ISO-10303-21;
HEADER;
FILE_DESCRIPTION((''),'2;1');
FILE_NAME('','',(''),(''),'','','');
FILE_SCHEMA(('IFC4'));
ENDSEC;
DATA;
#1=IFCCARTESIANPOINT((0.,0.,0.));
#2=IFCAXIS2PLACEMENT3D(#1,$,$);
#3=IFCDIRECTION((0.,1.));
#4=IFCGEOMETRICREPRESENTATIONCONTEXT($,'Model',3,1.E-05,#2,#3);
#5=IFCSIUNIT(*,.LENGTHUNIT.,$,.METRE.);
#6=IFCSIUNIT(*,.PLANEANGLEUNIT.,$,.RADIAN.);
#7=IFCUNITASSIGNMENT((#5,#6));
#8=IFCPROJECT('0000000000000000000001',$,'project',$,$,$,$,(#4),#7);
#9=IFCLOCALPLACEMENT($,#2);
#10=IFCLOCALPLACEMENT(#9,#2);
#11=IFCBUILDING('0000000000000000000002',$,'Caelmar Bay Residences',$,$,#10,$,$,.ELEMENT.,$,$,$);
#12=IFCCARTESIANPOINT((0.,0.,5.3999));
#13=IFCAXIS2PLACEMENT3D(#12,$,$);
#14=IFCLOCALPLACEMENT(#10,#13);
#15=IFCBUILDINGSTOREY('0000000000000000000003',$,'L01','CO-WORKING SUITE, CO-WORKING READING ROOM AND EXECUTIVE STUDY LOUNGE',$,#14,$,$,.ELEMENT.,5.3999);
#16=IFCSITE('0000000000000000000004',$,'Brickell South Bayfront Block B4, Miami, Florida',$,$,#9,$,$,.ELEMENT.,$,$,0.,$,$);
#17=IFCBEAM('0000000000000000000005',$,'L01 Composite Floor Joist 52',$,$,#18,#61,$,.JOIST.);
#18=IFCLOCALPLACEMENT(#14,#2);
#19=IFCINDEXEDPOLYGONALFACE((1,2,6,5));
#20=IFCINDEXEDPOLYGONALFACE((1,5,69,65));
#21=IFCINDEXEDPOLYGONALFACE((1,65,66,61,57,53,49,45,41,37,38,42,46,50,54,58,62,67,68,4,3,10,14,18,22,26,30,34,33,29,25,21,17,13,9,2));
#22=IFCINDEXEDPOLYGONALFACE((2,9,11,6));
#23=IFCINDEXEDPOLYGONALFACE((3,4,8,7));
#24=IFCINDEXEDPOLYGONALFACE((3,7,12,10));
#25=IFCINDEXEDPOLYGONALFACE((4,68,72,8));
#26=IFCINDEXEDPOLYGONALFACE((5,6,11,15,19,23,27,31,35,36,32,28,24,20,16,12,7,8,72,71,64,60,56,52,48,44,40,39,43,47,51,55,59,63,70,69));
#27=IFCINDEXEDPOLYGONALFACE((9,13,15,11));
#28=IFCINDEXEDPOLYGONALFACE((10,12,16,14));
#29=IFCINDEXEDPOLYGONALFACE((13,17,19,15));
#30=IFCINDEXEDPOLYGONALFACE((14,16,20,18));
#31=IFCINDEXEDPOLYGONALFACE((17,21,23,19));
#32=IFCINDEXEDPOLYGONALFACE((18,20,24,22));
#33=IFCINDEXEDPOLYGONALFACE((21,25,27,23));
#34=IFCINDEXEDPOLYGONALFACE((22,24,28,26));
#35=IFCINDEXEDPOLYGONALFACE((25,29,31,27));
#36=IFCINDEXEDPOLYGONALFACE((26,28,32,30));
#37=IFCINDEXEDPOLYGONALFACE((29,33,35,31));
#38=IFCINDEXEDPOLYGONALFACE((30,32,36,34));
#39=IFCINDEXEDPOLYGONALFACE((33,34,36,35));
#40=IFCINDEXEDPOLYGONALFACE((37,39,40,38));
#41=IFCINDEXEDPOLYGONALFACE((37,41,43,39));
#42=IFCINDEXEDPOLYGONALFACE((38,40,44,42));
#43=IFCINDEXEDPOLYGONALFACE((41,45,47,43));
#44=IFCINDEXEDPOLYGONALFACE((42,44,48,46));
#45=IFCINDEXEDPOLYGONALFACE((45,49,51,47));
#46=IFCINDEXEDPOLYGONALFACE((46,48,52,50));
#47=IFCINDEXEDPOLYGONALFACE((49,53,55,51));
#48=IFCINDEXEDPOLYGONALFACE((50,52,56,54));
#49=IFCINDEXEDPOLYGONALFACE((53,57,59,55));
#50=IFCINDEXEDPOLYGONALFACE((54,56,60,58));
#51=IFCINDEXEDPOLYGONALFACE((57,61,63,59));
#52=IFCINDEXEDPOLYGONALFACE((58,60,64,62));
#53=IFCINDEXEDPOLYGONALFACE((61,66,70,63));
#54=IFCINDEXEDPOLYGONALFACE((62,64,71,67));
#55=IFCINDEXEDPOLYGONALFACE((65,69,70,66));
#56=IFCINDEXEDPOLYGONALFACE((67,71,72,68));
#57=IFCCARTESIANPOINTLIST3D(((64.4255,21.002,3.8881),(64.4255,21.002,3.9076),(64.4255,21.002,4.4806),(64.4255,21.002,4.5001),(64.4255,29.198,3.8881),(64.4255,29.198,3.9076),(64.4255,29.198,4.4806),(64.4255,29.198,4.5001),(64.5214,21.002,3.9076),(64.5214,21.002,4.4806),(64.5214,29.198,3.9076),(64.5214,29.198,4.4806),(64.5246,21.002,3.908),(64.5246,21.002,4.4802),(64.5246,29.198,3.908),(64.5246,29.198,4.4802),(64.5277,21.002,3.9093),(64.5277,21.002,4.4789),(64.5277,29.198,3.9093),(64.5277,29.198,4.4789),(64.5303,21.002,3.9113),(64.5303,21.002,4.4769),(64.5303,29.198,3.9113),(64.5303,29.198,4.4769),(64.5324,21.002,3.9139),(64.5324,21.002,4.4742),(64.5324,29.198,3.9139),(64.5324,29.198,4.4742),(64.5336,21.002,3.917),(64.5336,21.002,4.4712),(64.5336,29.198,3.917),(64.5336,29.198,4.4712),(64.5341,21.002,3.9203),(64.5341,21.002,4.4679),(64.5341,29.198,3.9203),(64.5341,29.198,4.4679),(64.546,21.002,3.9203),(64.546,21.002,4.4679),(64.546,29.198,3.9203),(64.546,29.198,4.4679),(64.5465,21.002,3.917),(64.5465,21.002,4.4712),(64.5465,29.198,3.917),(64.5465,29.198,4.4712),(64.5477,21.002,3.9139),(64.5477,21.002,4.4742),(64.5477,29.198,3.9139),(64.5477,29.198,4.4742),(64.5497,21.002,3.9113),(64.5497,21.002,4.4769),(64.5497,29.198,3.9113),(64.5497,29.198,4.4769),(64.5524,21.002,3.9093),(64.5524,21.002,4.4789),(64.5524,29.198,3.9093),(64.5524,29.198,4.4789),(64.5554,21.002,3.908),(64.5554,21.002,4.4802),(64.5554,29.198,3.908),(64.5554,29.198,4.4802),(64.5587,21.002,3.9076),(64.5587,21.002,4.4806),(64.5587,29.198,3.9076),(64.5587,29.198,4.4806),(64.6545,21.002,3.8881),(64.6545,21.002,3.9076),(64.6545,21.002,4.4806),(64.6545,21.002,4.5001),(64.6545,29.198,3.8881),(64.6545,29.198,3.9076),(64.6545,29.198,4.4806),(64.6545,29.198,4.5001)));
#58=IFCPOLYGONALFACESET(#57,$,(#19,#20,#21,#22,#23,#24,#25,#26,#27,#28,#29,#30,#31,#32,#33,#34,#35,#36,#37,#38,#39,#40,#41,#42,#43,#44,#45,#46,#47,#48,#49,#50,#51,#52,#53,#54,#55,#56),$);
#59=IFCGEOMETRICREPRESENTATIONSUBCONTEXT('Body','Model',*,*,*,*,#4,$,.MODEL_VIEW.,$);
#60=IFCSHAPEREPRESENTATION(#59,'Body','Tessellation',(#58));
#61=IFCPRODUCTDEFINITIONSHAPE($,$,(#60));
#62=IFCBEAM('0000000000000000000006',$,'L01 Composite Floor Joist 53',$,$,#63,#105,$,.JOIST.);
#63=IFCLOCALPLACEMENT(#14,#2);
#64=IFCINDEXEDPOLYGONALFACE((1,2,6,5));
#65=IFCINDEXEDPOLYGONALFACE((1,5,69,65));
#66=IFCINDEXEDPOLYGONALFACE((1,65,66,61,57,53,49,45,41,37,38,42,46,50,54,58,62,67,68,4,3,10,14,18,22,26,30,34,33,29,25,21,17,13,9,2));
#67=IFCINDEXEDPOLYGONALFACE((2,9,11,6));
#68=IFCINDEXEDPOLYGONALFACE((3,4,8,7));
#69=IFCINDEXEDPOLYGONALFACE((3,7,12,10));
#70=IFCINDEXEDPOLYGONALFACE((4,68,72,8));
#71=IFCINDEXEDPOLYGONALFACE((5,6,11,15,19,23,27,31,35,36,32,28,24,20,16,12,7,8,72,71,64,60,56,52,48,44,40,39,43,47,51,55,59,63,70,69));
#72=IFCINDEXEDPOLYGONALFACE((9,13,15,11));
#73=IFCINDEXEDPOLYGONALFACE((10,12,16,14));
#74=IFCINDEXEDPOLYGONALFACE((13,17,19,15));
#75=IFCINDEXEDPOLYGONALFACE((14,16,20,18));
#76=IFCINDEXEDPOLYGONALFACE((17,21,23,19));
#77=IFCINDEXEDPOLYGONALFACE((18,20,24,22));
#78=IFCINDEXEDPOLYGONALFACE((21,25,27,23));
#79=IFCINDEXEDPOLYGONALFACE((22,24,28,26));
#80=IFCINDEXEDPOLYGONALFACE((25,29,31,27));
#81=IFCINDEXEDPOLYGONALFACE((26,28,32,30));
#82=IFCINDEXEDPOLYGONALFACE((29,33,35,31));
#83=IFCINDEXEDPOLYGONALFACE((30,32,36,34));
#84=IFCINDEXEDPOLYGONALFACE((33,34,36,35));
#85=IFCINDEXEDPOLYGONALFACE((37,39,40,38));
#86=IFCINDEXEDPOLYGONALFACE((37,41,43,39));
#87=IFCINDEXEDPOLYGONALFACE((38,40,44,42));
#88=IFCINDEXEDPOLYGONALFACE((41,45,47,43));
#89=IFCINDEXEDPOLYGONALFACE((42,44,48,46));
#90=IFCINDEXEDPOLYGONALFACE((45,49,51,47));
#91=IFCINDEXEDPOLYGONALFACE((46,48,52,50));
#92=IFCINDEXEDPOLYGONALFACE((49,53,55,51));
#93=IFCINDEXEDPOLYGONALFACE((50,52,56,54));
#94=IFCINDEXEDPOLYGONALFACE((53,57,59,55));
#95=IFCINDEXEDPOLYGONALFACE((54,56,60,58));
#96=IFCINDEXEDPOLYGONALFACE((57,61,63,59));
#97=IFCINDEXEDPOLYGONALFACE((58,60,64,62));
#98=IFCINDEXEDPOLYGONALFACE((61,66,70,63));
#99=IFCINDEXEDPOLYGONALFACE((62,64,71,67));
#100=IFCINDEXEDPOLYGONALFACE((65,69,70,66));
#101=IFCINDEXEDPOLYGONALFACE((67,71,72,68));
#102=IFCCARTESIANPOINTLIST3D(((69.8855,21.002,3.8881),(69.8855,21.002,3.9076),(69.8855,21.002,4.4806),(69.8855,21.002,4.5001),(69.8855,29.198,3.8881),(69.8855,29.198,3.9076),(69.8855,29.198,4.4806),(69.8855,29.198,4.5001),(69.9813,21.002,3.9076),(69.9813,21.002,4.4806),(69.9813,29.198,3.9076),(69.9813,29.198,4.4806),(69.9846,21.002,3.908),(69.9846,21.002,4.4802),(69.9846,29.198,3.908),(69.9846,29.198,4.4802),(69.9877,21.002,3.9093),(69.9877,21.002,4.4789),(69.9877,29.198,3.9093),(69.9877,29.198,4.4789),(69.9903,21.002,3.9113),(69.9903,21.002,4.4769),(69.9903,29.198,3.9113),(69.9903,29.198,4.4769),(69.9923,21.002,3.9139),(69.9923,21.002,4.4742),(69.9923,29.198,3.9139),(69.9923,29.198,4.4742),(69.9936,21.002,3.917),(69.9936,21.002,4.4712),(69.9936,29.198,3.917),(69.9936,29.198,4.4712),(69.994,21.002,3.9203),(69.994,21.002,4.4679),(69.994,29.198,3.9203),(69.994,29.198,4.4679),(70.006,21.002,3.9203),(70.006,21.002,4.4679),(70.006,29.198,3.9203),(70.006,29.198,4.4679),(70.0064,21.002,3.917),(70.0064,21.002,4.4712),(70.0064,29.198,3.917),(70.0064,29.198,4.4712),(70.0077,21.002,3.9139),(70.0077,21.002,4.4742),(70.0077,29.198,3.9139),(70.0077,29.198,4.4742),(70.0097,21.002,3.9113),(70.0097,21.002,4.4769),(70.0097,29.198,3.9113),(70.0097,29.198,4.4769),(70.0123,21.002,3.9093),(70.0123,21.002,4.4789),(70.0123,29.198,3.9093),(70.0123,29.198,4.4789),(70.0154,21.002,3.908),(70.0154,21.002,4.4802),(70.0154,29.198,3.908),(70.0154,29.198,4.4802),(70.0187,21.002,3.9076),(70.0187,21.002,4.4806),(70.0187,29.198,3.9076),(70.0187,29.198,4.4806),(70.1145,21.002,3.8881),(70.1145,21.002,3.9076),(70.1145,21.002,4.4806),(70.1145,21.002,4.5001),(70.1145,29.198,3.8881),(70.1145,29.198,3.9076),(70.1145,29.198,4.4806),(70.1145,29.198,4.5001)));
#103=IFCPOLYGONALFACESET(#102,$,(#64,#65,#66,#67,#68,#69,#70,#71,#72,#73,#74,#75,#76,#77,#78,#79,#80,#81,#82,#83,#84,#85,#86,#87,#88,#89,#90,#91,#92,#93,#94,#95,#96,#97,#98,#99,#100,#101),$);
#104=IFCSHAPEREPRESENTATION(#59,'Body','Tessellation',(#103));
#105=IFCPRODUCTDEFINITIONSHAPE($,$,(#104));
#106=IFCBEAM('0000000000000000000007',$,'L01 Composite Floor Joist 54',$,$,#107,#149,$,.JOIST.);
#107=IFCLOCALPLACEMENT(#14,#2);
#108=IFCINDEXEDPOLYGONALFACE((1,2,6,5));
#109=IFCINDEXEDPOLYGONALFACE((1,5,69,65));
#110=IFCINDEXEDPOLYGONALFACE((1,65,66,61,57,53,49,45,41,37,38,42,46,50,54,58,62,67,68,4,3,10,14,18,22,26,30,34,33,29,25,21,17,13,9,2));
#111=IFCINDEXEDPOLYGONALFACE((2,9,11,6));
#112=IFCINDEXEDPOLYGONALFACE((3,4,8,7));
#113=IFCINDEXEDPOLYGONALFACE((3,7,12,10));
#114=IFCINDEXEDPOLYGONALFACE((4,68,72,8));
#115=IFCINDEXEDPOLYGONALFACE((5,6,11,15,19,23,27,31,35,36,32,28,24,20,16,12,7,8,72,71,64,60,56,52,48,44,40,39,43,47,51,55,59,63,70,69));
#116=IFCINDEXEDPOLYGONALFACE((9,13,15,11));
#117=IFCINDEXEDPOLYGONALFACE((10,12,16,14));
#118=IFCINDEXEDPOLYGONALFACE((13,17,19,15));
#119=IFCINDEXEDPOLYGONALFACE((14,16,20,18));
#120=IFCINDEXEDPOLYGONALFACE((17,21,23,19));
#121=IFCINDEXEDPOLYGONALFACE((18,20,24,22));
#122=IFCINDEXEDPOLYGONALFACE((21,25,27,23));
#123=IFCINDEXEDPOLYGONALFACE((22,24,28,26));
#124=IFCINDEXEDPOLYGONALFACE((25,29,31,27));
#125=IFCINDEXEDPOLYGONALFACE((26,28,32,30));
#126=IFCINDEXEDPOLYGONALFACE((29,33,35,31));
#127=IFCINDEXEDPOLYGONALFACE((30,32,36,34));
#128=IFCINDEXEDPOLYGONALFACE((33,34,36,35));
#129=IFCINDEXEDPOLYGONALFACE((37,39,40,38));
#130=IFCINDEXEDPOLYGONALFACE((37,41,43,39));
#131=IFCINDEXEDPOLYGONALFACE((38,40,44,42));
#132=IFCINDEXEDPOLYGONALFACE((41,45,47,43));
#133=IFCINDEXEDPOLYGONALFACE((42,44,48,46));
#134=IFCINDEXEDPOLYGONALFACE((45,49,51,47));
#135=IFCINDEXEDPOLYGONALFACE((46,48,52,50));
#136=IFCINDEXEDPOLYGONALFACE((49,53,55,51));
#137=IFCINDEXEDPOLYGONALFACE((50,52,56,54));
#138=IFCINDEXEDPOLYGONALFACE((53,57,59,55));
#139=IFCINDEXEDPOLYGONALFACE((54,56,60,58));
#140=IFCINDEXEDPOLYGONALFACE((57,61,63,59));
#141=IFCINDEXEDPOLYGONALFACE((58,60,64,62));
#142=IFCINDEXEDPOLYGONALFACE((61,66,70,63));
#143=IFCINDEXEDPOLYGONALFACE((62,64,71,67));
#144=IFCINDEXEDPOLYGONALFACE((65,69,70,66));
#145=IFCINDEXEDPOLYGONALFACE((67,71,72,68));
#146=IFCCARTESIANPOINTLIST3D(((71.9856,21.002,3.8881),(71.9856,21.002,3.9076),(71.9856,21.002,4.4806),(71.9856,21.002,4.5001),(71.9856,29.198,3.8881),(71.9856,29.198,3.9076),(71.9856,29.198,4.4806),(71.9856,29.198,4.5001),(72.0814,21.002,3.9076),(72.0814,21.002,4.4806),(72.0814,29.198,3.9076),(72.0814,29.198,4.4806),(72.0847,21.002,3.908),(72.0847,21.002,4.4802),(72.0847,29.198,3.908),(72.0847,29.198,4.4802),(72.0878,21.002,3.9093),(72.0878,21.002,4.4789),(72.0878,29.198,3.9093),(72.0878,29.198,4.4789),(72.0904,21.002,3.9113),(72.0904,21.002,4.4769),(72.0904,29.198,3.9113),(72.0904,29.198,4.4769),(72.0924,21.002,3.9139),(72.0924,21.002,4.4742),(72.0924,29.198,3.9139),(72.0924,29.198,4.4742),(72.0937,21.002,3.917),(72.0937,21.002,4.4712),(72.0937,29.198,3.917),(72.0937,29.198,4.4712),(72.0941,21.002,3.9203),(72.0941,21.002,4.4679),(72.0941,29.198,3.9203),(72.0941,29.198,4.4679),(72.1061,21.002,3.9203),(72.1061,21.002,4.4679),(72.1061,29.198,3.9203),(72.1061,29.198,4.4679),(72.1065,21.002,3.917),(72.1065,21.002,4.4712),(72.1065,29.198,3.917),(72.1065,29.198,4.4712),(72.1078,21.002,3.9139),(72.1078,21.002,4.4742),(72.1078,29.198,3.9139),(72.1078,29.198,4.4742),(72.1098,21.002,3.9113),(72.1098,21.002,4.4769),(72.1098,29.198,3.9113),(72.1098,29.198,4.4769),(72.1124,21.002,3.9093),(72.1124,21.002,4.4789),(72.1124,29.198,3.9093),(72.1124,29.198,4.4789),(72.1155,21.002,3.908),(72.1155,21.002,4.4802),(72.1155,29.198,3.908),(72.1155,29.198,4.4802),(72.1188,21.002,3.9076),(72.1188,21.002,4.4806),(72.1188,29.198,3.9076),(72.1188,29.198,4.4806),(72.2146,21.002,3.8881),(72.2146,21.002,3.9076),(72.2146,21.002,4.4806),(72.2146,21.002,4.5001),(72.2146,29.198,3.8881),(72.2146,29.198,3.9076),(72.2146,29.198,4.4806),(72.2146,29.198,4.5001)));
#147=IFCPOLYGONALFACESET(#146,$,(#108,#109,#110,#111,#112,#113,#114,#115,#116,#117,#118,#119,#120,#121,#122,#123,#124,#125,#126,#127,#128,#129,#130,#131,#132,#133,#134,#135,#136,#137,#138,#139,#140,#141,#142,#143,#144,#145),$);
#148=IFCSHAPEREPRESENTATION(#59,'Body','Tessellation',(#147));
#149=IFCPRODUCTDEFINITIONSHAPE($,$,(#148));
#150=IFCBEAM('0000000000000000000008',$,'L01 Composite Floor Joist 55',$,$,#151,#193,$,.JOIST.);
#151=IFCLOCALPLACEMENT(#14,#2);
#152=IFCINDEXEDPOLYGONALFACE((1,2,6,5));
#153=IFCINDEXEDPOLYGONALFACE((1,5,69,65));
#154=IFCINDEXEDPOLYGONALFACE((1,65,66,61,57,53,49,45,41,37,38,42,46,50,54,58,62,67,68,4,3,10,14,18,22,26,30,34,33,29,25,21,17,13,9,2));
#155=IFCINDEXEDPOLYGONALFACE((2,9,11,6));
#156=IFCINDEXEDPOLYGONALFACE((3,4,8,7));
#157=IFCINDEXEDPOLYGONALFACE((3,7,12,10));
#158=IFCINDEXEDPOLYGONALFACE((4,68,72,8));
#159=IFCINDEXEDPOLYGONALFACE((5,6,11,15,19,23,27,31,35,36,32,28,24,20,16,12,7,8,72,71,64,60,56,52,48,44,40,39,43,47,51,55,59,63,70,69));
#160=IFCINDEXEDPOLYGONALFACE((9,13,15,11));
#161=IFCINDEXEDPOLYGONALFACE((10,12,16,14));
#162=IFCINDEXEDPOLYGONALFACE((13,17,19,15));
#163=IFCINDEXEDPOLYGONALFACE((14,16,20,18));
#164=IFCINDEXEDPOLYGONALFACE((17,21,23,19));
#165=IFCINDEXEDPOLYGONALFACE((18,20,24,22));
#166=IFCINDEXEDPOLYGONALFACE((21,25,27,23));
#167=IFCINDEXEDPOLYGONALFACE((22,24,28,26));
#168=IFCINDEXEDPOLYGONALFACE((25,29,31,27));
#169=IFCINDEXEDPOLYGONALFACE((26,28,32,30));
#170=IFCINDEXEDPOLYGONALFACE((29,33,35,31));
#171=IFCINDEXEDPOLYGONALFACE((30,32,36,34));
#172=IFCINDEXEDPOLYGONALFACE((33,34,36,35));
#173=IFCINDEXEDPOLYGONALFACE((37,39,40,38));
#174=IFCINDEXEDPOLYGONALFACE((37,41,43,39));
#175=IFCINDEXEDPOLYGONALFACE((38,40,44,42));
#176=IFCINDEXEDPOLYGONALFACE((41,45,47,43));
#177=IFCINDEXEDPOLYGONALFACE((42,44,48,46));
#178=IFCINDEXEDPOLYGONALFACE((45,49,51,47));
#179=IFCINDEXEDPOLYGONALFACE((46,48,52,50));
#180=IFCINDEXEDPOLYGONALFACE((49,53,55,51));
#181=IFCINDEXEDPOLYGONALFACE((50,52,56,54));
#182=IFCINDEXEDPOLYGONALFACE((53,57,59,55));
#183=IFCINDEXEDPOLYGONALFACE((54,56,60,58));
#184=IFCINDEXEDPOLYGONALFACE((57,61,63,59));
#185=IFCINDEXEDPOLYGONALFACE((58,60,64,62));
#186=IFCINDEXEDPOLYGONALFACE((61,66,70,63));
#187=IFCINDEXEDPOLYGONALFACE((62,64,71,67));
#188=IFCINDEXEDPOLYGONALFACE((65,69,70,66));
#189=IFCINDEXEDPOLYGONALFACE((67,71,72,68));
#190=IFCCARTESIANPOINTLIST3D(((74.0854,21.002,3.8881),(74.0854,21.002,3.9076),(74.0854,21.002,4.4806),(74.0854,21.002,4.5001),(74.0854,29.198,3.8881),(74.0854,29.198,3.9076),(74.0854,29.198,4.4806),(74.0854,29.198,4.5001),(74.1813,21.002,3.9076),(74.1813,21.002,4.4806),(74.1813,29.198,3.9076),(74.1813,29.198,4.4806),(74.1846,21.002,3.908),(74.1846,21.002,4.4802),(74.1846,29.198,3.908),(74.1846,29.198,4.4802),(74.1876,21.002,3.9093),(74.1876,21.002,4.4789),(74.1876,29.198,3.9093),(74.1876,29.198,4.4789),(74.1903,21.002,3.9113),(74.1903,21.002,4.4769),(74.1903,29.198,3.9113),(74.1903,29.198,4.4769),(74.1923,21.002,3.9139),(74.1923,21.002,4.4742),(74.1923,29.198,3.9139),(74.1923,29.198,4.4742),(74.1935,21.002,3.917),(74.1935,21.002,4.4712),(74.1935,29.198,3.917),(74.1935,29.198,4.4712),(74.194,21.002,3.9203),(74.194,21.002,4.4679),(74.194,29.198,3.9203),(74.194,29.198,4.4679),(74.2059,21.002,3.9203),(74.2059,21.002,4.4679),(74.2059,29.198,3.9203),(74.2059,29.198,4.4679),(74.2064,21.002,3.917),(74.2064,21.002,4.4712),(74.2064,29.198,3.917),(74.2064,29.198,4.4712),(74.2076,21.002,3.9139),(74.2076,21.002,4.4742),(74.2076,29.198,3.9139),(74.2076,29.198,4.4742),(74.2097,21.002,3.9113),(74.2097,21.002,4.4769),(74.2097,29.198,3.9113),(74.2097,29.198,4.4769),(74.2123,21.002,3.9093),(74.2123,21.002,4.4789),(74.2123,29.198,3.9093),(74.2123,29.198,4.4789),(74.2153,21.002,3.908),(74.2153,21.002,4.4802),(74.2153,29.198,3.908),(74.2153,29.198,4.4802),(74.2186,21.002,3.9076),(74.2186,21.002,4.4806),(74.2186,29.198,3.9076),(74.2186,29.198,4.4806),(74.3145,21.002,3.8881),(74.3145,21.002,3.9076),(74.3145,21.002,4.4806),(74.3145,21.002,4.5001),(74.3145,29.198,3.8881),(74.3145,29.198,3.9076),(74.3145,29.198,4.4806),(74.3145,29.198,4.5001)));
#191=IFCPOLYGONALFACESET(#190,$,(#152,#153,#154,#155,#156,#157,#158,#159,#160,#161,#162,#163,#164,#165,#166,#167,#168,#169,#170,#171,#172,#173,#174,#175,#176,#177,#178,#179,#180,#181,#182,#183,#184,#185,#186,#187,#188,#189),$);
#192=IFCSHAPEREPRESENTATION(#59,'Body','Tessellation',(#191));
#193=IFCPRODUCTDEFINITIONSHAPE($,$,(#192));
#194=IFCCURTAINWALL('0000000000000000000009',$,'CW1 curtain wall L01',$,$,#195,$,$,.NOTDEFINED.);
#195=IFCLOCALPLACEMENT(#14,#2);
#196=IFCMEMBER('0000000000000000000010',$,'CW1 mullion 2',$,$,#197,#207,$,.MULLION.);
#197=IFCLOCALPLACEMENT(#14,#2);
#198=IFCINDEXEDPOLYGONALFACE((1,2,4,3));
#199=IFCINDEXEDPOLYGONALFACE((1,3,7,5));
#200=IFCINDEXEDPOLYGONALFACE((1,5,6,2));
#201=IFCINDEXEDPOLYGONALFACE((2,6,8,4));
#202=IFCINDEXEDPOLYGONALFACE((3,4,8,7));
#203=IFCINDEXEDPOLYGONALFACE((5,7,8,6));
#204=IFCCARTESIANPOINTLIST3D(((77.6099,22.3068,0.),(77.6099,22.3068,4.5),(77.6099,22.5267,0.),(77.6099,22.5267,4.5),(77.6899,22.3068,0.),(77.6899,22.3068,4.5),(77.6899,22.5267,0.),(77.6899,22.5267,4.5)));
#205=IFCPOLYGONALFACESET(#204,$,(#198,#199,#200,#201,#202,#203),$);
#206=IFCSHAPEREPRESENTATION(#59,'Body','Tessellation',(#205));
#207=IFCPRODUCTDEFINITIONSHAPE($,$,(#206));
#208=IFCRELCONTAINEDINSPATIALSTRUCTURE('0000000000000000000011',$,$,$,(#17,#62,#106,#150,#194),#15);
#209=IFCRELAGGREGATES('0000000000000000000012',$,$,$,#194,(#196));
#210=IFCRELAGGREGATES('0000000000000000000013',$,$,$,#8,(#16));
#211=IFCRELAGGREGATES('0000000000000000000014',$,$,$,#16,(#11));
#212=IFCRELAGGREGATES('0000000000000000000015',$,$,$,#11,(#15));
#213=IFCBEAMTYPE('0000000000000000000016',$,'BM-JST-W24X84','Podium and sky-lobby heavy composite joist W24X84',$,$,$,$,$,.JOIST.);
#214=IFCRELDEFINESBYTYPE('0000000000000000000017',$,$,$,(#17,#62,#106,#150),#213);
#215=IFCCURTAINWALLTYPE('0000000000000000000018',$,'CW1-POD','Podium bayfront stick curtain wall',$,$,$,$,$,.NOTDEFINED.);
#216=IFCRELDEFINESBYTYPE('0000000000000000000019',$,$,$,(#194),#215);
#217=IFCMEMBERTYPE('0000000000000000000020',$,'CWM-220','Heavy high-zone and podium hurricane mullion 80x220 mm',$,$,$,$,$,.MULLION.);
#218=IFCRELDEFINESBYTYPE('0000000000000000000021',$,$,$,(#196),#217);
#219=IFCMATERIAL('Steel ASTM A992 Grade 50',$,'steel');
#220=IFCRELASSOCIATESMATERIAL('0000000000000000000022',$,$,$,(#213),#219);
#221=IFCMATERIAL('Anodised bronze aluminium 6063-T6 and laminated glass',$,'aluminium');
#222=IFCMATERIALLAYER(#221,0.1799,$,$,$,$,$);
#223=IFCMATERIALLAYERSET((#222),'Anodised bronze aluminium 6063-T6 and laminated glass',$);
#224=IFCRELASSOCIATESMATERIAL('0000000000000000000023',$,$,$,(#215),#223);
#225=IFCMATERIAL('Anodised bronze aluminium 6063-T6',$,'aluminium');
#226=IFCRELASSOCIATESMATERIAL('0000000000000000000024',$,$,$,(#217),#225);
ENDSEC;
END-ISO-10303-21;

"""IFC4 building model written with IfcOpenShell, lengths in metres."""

from ifc_helpers import new_model, si_unit, direction, frame, origin, origin_2d, place, context, subcontext, project, spatial, rectangle, i_section, extrude, material, layer, layer_set, material_profile, profile_set, type_object, element, aggregate, save


model = new_model("IFC4")

# Units and contexts
model_context = context("Model", 3, precision=1e-05, world=origin(), true_north=direction((0.0, 1.0)))
body_context = subcontext(model_context, "Body", "Model", "MODEL_VIEW")
ifc_project = project(units=[si_unit("LENGTHUNIT", "METRE"), si_unit("PLANEANGLEUNIT", "RADIAN")], contexts=[model_context])

# Site, building, storey
site_placement = place(None, origin())
site = spatial("IfcSite", under=ifc_project, at=site_placement, Name="Brickell South Bayfront Block B4, Miami, Florida", CompositionType="ELEMENT", RefElevation=0.0)
building_placement = place(site_placement, origin())
building = spatial("IfcBuilding", under=site, at=building_placement, Name="Caelmar Bay Residences", CompositionType="ELEMENT")
storey_placement = place(building_placement, frame((0.0, 0.0, 5.3999)))
storey = spatial("IfcBuildingStorey", under=building, at=storey_placement, Name="L01", Description="CO-WORKING SUITE, CO-WORKING READING ROOM AND EXECUTIVE STUDY LOUNGE", CompositionType="ELEMENT", Elevation=5.3999)

# Beams
ifc_material_1 = material(Name="Steel ASTM A992 Grade 50", Category="steel")
ifc_material_profile_1 = material_profile(ifc_material_1, i_section(OverallWidth=0.229, OverallDepth=0.6121, WebThickness=0.012, FlangeThickness=0.0195, FilletRadius=0.0127, at=origin_2d()), Name="W24X84")
ifc_profile_set_1 = profile_set([ifc_material_profile_1], Name="Steel ASTM A992 Grade 50")
beam_type_1 = type_object("IfcBeamType", Name="BM-JST-W24X84", Description="Podium and sky-lobby heavy composite joist W24X84", PredefinedType="JOIST", material=ifc_profile_set_1)
for number, where, z_axis, x_axis, name in (
    (1, (64.54, 21.002, 4.1941), (0.0, 1.0, 0.0), (-1.0, 0.0, 0.0), "L01 Composite Floor Joist 52"),
    (2, (70.0, 21.002, 4.1941), (0.0, 1.0, 0.0), (-1.0, 0.0, 0.0), "L01 Composite Floor Joist 53"),
    (3, (72.1001, 21.002, 4.1941), (0.0, 1.0, 0.0), (-1.0, 0.0, 0.0), "L01 Composite Floor Joist 54"),
    (4, (74.2, 21.002, 4.1941), (0.0, 1.0, 0.0), (-1.0, 0.0, 0.0), "L01 Composite Floor Joist 55"),
):
    element("IfcBeam", number, at=place(storey_placement, frame(where, z_axis=z_axis, x_axis=x_axis)), inside=storey, type_object=beam_type_1, Name=name, PredefinedType="JOIST", context=body_context, shape_type="SweptSolid", body=[
        extrude(i_section(OverallWidth=0.229, OverallDepth=0.6121, WebThickness=0.012, FlangeThickness=0.0195, FilletRadius=0.0127, at=origin_2d()), origin(), (0.0, 0.0, 1.0), 8.196),
    ])

# Curtain wall, member
ifc_material_2 = material(Name="Anodised bronze aluminium 6063-T6 and laminated glass", Category="aluminium")
ifc_layer_1 = layer(ifc_material_2, 0.1799)
ifc_layer_set_1 = layer_set([ifc_layer_1], Name="Anodised bronze aluminium 6063-T6 and laminated glass")
curtain_wall_type = type_object("IfcCurtainWallType", Name="CW1-POD", Description="Podium bayfront stick curtain wall", PredefinedType="NOTDEFINED", material=ifc_layer_set_1)
curtain_wall_placement = place(storey_placement, origin())
curtain_wall = element("IfcCurtainWall", 5, at=curtain_wall_placement, inside=storey, type_object=curtain_wall_type, Name="CW1 curtain wall L01", PredefinedType="NOTDEFINED")
ifc_material_3 = material(Name="Anodised bronze aluminium 6063-T6", Category="aluminium")
ifc_material_profile_2 = material_profile(ifc_material_3, rectangle(XDim=0.0801, YDim=0.22, at=origin_2d()), Name="CWM-80X220")
ifc_profile_set_2 = profile_set([ifc_material_profile_2], Name="Anodised bronze aluminium 6063-T6")
member_type_1 = type_object("IfcMemberType", Name="CWM-220", Description="Heavy high-zone and podium hurricane mullion 80x220 mm", PredefinedType="MULLION", material=ifc_profile_set_2)
member_1_placement = place(storey_placement, frame((77.6499, 22.4167, 0.0), z_axis=(0.0, 0.0, 1.0), x_axis=(1.0, 0.0, 0.0)))
member_1 = element("IfcMember", 6, at=member_1_placement, type_object=member_type_1, Name="CW1 mullion 2", PredefinedType="MULLION", context=body_context, shape_type="SweptSolid", body=[
    extrude(rectangle(XDim=0.0801, YDim=0.22, at=origin_2d()), origin(), (0.0, 0.0, 1.0), 4.5),
])
aggregate(curtain_wall, [member_1])

save(model, "model.ifc")
